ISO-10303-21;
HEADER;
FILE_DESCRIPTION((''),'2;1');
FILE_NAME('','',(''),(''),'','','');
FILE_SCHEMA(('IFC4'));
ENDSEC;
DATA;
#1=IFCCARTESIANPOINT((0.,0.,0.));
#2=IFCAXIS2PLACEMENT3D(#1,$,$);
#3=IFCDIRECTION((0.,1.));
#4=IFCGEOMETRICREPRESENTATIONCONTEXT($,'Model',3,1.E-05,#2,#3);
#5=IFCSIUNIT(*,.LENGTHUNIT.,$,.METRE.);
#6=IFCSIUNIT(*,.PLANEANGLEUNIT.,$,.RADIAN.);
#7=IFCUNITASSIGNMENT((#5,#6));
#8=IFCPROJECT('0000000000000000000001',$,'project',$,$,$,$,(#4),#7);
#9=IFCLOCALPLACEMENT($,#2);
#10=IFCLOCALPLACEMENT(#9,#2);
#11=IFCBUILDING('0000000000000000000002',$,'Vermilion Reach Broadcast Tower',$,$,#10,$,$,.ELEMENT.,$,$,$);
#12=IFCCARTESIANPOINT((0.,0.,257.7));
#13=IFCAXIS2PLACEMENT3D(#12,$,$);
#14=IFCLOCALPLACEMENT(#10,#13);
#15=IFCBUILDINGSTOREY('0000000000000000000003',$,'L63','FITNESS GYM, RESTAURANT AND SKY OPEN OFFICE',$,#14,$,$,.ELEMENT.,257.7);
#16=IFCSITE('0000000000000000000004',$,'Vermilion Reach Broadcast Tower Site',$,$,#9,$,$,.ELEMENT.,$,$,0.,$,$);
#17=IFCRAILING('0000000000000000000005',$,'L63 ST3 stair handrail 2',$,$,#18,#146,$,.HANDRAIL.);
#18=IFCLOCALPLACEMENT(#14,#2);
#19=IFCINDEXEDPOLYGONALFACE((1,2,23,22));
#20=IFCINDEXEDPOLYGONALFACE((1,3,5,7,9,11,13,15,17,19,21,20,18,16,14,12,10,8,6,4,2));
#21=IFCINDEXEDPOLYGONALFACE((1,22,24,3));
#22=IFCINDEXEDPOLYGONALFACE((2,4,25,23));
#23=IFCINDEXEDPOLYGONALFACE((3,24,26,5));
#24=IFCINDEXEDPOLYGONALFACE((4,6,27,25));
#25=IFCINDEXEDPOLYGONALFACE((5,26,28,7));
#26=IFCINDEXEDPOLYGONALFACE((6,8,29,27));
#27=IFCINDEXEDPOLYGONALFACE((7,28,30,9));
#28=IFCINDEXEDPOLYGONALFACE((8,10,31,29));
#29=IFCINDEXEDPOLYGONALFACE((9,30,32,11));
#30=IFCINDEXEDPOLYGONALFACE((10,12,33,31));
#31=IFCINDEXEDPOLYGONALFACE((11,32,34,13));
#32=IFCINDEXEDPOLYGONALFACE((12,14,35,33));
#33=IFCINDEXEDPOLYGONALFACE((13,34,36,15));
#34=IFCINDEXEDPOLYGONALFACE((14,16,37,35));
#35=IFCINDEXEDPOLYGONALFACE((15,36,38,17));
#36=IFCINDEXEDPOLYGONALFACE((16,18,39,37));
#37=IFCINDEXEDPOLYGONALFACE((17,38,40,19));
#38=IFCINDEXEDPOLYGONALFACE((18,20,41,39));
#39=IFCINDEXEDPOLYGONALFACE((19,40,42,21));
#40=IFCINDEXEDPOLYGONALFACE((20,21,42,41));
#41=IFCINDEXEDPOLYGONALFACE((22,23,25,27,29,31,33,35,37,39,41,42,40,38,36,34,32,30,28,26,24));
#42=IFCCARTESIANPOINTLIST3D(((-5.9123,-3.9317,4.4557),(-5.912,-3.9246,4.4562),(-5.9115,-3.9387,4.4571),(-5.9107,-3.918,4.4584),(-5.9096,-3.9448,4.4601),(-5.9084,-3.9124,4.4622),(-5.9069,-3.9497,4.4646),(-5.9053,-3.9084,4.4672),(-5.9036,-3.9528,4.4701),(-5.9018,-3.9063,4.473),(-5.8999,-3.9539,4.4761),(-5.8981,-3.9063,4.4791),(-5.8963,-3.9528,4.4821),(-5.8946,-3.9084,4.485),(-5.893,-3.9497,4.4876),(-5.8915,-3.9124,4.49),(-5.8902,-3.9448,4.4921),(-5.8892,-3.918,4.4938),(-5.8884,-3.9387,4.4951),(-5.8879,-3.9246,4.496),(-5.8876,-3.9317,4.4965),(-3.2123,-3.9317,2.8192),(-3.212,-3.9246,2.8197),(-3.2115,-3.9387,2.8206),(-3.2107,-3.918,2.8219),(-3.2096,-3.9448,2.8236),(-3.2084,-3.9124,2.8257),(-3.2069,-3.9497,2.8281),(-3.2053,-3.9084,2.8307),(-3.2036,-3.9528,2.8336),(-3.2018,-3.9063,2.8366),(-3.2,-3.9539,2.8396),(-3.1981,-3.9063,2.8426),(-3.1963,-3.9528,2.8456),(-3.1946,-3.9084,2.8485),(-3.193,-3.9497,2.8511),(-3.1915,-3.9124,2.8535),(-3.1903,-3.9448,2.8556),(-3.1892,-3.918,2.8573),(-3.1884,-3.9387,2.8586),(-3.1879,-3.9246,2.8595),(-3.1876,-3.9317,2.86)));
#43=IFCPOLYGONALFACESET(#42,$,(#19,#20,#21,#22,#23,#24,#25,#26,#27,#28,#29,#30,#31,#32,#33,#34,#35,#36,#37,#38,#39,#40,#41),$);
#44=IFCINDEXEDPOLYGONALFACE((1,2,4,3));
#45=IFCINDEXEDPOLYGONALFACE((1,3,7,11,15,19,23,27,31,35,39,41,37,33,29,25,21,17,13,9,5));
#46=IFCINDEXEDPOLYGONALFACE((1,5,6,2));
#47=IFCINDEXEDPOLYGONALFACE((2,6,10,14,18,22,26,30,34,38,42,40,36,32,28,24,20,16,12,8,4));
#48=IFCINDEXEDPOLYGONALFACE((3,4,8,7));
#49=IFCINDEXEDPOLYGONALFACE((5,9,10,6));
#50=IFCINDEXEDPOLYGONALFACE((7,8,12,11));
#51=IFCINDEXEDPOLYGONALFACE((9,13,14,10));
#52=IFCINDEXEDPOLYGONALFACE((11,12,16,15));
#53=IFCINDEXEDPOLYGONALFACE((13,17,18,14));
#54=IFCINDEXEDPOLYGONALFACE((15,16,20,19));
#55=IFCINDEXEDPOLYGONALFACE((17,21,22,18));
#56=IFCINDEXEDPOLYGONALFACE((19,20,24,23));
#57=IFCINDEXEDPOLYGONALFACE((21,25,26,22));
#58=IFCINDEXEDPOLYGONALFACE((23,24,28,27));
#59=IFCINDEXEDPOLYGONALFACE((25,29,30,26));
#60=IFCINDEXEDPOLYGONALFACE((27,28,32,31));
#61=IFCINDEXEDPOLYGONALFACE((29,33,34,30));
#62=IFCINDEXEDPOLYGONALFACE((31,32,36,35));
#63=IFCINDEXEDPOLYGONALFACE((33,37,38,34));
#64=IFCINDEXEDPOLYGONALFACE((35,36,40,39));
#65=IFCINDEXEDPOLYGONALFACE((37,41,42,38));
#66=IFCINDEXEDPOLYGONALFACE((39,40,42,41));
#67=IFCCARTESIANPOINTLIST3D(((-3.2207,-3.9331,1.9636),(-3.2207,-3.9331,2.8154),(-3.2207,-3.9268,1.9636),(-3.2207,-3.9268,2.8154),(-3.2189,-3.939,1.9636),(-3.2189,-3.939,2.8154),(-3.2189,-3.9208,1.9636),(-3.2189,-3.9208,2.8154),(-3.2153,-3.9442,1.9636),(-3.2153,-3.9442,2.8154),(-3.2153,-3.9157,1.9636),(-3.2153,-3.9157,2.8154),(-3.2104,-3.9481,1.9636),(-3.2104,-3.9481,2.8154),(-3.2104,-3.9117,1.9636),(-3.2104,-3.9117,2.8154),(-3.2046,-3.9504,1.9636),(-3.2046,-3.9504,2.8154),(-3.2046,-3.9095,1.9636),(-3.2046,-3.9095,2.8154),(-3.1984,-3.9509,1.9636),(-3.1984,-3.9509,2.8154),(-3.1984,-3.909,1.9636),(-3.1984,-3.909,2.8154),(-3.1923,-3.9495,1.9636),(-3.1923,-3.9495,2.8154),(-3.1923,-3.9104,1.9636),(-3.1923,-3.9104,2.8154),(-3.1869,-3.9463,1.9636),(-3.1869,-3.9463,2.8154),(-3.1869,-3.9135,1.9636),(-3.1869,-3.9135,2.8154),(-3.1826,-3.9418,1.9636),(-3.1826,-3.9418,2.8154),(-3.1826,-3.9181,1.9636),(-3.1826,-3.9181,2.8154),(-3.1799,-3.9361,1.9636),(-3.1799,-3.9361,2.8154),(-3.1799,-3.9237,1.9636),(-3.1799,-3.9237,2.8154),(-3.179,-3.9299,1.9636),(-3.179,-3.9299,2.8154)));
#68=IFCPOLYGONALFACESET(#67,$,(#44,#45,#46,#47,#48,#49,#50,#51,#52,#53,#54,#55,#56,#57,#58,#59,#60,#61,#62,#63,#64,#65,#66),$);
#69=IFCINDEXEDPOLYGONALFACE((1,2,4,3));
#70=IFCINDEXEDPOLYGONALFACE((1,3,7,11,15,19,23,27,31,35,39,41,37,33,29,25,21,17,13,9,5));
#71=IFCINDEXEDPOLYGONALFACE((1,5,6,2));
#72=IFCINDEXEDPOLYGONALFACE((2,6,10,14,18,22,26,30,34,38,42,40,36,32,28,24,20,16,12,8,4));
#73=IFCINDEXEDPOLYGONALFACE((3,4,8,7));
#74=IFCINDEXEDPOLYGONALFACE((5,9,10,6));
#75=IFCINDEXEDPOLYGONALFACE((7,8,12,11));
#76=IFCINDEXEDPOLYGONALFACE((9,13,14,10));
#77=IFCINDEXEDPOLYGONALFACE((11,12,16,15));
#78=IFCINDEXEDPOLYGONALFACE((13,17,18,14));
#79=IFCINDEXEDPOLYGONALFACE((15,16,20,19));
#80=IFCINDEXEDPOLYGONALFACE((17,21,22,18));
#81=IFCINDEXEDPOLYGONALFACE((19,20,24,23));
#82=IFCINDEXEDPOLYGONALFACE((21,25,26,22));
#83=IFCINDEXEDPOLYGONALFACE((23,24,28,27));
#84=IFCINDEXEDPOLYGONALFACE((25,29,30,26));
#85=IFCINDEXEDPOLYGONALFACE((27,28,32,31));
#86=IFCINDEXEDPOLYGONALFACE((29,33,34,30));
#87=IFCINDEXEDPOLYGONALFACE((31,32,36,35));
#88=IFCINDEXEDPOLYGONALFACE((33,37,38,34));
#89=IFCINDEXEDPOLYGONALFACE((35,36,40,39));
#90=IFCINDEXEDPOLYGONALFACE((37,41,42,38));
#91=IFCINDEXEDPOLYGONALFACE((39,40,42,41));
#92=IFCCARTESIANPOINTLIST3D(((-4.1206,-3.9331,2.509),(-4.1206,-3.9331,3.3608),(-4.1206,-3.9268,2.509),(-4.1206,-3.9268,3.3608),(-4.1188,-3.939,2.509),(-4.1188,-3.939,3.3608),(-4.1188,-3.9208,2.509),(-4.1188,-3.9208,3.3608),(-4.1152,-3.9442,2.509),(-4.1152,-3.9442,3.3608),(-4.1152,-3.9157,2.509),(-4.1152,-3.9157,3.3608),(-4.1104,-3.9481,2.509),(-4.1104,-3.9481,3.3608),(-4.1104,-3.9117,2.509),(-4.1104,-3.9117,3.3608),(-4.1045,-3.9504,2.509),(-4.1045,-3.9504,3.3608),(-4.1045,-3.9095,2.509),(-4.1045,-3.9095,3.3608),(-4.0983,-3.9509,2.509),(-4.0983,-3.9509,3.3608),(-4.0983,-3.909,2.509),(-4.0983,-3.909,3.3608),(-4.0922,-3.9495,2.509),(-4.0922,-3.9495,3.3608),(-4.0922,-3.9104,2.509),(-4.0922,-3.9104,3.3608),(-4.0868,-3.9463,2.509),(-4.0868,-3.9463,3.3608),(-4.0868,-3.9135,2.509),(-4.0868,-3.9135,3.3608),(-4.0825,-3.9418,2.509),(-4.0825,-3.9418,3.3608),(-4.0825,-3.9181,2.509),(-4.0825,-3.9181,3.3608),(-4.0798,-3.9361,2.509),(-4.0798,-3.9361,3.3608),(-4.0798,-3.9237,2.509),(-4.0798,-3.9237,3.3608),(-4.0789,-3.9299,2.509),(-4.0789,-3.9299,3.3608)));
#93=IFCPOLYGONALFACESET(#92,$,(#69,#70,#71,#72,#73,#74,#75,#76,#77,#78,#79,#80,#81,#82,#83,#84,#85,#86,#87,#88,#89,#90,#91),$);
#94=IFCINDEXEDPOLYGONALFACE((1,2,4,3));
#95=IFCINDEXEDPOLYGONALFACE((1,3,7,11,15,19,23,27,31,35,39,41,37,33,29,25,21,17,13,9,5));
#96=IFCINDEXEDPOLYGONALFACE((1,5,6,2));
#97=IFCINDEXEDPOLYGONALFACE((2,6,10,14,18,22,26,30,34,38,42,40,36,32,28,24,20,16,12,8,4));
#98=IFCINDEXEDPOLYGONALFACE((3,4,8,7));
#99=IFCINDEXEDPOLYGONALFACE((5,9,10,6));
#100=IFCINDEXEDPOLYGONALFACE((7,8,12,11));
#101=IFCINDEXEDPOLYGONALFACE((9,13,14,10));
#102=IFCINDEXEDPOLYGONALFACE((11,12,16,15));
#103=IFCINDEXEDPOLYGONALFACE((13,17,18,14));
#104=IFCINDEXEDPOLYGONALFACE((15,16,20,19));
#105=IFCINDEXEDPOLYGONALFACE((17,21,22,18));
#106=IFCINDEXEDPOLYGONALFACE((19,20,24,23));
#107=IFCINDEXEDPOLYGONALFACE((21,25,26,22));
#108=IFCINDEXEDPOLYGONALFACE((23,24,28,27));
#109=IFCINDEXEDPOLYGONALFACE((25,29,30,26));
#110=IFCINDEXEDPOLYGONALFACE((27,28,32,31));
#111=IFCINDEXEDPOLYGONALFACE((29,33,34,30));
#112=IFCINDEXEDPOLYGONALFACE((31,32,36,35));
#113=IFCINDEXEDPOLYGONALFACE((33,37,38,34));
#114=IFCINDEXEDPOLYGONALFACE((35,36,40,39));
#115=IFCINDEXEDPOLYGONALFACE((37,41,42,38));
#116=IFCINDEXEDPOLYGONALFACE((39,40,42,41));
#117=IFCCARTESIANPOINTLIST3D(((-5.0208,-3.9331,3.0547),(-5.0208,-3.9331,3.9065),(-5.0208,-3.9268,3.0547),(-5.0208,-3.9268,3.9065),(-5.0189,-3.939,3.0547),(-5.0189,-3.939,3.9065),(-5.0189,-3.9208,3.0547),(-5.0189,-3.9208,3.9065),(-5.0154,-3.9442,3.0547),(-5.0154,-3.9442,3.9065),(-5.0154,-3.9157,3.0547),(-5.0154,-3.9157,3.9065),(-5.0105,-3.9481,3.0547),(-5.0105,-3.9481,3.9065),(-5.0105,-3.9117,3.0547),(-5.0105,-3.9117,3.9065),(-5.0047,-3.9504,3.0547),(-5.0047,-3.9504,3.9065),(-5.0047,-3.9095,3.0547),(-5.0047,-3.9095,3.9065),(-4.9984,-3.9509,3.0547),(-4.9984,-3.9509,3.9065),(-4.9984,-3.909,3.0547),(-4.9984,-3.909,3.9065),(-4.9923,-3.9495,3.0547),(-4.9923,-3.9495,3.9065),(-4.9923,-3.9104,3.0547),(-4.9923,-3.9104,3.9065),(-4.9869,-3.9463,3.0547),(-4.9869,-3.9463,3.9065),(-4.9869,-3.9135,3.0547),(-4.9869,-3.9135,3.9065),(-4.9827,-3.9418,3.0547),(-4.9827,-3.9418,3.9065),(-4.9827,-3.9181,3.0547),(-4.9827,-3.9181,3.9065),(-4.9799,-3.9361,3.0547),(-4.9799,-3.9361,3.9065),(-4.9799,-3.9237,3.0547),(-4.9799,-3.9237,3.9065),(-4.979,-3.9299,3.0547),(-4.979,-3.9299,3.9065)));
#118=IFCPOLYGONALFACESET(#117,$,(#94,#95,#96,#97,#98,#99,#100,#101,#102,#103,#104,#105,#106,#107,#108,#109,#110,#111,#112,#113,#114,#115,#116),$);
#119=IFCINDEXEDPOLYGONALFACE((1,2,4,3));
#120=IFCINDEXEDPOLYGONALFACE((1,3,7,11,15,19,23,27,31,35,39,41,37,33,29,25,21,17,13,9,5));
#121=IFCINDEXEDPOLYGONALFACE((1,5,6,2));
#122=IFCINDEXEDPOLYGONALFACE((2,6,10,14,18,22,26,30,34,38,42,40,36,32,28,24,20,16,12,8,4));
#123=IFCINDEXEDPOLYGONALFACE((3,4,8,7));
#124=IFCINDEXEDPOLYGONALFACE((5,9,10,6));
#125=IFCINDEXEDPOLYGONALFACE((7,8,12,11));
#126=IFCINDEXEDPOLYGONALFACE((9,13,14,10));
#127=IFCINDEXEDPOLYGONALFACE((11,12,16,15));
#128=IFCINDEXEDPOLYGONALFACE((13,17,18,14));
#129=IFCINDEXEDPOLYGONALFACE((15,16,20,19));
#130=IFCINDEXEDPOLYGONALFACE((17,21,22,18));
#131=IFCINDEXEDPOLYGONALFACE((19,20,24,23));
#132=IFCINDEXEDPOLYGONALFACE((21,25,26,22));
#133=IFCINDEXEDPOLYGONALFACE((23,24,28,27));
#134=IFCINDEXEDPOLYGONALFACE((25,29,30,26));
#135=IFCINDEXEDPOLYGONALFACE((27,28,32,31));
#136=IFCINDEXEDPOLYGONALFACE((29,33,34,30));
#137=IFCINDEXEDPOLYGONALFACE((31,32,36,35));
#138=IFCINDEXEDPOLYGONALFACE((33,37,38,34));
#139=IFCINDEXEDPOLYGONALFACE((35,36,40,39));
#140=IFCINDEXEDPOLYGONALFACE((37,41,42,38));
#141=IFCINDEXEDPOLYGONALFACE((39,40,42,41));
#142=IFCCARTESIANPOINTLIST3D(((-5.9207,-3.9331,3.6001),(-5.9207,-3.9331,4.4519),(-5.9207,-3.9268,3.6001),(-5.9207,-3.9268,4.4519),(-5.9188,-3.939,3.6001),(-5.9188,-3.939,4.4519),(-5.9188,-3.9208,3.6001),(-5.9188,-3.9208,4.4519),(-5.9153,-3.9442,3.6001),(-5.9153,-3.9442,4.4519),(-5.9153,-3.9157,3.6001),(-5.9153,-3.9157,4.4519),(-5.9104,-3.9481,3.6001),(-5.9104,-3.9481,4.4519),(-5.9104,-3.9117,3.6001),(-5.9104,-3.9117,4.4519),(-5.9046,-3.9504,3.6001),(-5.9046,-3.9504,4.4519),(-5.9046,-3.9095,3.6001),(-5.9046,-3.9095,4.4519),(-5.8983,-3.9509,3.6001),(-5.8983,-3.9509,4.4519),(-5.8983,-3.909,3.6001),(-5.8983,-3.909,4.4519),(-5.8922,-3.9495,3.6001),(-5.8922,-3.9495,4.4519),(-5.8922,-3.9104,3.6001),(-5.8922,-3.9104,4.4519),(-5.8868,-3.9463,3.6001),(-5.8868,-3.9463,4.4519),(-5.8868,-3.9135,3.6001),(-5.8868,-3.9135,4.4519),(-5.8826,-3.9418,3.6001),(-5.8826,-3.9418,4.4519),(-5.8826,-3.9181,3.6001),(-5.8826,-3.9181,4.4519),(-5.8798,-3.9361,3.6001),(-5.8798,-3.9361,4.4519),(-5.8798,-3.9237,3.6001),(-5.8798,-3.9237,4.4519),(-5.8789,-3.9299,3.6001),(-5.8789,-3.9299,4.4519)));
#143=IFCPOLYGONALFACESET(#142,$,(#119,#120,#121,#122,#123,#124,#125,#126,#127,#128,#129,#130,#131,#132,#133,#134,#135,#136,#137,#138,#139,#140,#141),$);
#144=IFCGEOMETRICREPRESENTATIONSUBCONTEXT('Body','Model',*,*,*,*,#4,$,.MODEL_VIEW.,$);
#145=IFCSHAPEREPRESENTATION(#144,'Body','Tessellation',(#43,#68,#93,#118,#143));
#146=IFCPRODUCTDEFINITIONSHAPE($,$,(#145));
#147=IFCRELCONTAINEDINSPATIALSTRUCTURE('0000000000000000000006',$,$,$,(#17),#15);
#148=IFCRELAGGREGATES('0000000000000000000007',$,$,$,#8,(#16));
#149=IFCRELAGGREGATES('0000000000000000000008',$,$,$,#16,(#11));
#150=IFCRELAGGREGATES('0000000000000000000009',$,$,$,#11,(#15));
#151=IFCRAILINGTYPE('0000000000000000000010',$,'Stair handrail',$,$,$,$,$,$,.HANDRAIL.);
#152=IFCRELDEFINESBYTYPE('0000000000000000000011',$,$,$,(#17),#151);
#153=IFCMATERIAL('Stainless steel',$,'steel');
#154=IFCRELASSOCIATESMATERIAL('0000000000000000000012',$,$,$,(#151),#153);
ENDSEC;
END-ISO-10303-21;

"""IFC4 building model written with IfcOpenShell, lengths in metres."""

from ifc_helpers import new_model, si_unit, direction, frame, origin, origin_2d, place, context, subcontext, project, spatial, circle, extrude, material, type_object, element, save


model = new_model("IFC4")

# Units and contexts
model_context = context("Model", 3, precision=1e-05, world=origin(), true_north=direction((0.0, 1.0)))
body_context = subcontext(model_context, "Body", "Model", "MODEL_VIEW")
ifc_project = project(units=[si_unit("LENGTHUNIT", "METRE"), si_unit("PLANEANGLEUNIT", "RADIAN")], contexts=[model_context])

# Site, building, storey
site_placement = place(None, origin())
site = spatial("IfcSite", under=ifc_project, at=site_placement, Name="Vermilion Reach Broadcast Tower Site", CompositionType="ELEMENT", RefElevation=0.0)
building_placement = place(site_placement, origin())
building = spatial("IfcBuilding", under=site, at=building_placement, Name="Vermilion Reach Broadcast Tower", CompositionType="ELEMENT")
storey_placement = place(building_placement, frame((0.0, 0.0, 257.7)))
storey = spatial("IfcBuildingStorey", under=building, at=storey_placement, Name="L63", Description="FITNESS GYM, RESTAURANT AND SKY OPEN OFFICE", CompositionType="ELEMENT", Elevation=257.7)

# Railing
ifc_material_1 = material(Name="Stainless steel", Category="steel")
railing_type_1 = type_object("IfcRailingType", Name="Stair handrail", PredefinedType="HANDRAIL", material=ifc_material_1)
railing_1_placement = place(storey_placement, frame((-3.2, -3.9299, 1.9636)))
element("IfcRailing", 1, at=railing_1_placement, inside=storey, type_object=railing_type_1, Name="L63 ST3 stair handrail 2", PredefinedType="HANDRAIL", context=body_context, shape_type="SweptSolid", body=[
    extrude(circle(Radius=0.0239, at=origin_2d()), frame((0.0, 0.0, 0.876), z_axis=(-0.855178, 0.0, 0.518334), x_axis=(0.0, -1.0, 0.0)), (0.0, 0.0, 1.0), 3.1572),
    extrude(circle(Radius=0.021, at=origin_2d()), origin(), (0.0, 0.0, 1.0), 0.8518),
    extrude(circle(Radius=0.021, at=origin_2d()), frame((-0.8999, 0.0, 0.5454)), (0.0, 0.0, 1.0), 0.8518),
    extrude(circle(Radius=0.021, at=origin_2d()), frame((-1.8, 0.0, 1.0911)), (0.0, 0.0, 1.0), 0.8518),
    extrude(circle(Radius=0.021, at=origin_2d()), frame((-2.7, 0.0, 1.6365)), (0.0, 0.0, 1.0), 0.8518),
])

save(model, "model.ifc")
